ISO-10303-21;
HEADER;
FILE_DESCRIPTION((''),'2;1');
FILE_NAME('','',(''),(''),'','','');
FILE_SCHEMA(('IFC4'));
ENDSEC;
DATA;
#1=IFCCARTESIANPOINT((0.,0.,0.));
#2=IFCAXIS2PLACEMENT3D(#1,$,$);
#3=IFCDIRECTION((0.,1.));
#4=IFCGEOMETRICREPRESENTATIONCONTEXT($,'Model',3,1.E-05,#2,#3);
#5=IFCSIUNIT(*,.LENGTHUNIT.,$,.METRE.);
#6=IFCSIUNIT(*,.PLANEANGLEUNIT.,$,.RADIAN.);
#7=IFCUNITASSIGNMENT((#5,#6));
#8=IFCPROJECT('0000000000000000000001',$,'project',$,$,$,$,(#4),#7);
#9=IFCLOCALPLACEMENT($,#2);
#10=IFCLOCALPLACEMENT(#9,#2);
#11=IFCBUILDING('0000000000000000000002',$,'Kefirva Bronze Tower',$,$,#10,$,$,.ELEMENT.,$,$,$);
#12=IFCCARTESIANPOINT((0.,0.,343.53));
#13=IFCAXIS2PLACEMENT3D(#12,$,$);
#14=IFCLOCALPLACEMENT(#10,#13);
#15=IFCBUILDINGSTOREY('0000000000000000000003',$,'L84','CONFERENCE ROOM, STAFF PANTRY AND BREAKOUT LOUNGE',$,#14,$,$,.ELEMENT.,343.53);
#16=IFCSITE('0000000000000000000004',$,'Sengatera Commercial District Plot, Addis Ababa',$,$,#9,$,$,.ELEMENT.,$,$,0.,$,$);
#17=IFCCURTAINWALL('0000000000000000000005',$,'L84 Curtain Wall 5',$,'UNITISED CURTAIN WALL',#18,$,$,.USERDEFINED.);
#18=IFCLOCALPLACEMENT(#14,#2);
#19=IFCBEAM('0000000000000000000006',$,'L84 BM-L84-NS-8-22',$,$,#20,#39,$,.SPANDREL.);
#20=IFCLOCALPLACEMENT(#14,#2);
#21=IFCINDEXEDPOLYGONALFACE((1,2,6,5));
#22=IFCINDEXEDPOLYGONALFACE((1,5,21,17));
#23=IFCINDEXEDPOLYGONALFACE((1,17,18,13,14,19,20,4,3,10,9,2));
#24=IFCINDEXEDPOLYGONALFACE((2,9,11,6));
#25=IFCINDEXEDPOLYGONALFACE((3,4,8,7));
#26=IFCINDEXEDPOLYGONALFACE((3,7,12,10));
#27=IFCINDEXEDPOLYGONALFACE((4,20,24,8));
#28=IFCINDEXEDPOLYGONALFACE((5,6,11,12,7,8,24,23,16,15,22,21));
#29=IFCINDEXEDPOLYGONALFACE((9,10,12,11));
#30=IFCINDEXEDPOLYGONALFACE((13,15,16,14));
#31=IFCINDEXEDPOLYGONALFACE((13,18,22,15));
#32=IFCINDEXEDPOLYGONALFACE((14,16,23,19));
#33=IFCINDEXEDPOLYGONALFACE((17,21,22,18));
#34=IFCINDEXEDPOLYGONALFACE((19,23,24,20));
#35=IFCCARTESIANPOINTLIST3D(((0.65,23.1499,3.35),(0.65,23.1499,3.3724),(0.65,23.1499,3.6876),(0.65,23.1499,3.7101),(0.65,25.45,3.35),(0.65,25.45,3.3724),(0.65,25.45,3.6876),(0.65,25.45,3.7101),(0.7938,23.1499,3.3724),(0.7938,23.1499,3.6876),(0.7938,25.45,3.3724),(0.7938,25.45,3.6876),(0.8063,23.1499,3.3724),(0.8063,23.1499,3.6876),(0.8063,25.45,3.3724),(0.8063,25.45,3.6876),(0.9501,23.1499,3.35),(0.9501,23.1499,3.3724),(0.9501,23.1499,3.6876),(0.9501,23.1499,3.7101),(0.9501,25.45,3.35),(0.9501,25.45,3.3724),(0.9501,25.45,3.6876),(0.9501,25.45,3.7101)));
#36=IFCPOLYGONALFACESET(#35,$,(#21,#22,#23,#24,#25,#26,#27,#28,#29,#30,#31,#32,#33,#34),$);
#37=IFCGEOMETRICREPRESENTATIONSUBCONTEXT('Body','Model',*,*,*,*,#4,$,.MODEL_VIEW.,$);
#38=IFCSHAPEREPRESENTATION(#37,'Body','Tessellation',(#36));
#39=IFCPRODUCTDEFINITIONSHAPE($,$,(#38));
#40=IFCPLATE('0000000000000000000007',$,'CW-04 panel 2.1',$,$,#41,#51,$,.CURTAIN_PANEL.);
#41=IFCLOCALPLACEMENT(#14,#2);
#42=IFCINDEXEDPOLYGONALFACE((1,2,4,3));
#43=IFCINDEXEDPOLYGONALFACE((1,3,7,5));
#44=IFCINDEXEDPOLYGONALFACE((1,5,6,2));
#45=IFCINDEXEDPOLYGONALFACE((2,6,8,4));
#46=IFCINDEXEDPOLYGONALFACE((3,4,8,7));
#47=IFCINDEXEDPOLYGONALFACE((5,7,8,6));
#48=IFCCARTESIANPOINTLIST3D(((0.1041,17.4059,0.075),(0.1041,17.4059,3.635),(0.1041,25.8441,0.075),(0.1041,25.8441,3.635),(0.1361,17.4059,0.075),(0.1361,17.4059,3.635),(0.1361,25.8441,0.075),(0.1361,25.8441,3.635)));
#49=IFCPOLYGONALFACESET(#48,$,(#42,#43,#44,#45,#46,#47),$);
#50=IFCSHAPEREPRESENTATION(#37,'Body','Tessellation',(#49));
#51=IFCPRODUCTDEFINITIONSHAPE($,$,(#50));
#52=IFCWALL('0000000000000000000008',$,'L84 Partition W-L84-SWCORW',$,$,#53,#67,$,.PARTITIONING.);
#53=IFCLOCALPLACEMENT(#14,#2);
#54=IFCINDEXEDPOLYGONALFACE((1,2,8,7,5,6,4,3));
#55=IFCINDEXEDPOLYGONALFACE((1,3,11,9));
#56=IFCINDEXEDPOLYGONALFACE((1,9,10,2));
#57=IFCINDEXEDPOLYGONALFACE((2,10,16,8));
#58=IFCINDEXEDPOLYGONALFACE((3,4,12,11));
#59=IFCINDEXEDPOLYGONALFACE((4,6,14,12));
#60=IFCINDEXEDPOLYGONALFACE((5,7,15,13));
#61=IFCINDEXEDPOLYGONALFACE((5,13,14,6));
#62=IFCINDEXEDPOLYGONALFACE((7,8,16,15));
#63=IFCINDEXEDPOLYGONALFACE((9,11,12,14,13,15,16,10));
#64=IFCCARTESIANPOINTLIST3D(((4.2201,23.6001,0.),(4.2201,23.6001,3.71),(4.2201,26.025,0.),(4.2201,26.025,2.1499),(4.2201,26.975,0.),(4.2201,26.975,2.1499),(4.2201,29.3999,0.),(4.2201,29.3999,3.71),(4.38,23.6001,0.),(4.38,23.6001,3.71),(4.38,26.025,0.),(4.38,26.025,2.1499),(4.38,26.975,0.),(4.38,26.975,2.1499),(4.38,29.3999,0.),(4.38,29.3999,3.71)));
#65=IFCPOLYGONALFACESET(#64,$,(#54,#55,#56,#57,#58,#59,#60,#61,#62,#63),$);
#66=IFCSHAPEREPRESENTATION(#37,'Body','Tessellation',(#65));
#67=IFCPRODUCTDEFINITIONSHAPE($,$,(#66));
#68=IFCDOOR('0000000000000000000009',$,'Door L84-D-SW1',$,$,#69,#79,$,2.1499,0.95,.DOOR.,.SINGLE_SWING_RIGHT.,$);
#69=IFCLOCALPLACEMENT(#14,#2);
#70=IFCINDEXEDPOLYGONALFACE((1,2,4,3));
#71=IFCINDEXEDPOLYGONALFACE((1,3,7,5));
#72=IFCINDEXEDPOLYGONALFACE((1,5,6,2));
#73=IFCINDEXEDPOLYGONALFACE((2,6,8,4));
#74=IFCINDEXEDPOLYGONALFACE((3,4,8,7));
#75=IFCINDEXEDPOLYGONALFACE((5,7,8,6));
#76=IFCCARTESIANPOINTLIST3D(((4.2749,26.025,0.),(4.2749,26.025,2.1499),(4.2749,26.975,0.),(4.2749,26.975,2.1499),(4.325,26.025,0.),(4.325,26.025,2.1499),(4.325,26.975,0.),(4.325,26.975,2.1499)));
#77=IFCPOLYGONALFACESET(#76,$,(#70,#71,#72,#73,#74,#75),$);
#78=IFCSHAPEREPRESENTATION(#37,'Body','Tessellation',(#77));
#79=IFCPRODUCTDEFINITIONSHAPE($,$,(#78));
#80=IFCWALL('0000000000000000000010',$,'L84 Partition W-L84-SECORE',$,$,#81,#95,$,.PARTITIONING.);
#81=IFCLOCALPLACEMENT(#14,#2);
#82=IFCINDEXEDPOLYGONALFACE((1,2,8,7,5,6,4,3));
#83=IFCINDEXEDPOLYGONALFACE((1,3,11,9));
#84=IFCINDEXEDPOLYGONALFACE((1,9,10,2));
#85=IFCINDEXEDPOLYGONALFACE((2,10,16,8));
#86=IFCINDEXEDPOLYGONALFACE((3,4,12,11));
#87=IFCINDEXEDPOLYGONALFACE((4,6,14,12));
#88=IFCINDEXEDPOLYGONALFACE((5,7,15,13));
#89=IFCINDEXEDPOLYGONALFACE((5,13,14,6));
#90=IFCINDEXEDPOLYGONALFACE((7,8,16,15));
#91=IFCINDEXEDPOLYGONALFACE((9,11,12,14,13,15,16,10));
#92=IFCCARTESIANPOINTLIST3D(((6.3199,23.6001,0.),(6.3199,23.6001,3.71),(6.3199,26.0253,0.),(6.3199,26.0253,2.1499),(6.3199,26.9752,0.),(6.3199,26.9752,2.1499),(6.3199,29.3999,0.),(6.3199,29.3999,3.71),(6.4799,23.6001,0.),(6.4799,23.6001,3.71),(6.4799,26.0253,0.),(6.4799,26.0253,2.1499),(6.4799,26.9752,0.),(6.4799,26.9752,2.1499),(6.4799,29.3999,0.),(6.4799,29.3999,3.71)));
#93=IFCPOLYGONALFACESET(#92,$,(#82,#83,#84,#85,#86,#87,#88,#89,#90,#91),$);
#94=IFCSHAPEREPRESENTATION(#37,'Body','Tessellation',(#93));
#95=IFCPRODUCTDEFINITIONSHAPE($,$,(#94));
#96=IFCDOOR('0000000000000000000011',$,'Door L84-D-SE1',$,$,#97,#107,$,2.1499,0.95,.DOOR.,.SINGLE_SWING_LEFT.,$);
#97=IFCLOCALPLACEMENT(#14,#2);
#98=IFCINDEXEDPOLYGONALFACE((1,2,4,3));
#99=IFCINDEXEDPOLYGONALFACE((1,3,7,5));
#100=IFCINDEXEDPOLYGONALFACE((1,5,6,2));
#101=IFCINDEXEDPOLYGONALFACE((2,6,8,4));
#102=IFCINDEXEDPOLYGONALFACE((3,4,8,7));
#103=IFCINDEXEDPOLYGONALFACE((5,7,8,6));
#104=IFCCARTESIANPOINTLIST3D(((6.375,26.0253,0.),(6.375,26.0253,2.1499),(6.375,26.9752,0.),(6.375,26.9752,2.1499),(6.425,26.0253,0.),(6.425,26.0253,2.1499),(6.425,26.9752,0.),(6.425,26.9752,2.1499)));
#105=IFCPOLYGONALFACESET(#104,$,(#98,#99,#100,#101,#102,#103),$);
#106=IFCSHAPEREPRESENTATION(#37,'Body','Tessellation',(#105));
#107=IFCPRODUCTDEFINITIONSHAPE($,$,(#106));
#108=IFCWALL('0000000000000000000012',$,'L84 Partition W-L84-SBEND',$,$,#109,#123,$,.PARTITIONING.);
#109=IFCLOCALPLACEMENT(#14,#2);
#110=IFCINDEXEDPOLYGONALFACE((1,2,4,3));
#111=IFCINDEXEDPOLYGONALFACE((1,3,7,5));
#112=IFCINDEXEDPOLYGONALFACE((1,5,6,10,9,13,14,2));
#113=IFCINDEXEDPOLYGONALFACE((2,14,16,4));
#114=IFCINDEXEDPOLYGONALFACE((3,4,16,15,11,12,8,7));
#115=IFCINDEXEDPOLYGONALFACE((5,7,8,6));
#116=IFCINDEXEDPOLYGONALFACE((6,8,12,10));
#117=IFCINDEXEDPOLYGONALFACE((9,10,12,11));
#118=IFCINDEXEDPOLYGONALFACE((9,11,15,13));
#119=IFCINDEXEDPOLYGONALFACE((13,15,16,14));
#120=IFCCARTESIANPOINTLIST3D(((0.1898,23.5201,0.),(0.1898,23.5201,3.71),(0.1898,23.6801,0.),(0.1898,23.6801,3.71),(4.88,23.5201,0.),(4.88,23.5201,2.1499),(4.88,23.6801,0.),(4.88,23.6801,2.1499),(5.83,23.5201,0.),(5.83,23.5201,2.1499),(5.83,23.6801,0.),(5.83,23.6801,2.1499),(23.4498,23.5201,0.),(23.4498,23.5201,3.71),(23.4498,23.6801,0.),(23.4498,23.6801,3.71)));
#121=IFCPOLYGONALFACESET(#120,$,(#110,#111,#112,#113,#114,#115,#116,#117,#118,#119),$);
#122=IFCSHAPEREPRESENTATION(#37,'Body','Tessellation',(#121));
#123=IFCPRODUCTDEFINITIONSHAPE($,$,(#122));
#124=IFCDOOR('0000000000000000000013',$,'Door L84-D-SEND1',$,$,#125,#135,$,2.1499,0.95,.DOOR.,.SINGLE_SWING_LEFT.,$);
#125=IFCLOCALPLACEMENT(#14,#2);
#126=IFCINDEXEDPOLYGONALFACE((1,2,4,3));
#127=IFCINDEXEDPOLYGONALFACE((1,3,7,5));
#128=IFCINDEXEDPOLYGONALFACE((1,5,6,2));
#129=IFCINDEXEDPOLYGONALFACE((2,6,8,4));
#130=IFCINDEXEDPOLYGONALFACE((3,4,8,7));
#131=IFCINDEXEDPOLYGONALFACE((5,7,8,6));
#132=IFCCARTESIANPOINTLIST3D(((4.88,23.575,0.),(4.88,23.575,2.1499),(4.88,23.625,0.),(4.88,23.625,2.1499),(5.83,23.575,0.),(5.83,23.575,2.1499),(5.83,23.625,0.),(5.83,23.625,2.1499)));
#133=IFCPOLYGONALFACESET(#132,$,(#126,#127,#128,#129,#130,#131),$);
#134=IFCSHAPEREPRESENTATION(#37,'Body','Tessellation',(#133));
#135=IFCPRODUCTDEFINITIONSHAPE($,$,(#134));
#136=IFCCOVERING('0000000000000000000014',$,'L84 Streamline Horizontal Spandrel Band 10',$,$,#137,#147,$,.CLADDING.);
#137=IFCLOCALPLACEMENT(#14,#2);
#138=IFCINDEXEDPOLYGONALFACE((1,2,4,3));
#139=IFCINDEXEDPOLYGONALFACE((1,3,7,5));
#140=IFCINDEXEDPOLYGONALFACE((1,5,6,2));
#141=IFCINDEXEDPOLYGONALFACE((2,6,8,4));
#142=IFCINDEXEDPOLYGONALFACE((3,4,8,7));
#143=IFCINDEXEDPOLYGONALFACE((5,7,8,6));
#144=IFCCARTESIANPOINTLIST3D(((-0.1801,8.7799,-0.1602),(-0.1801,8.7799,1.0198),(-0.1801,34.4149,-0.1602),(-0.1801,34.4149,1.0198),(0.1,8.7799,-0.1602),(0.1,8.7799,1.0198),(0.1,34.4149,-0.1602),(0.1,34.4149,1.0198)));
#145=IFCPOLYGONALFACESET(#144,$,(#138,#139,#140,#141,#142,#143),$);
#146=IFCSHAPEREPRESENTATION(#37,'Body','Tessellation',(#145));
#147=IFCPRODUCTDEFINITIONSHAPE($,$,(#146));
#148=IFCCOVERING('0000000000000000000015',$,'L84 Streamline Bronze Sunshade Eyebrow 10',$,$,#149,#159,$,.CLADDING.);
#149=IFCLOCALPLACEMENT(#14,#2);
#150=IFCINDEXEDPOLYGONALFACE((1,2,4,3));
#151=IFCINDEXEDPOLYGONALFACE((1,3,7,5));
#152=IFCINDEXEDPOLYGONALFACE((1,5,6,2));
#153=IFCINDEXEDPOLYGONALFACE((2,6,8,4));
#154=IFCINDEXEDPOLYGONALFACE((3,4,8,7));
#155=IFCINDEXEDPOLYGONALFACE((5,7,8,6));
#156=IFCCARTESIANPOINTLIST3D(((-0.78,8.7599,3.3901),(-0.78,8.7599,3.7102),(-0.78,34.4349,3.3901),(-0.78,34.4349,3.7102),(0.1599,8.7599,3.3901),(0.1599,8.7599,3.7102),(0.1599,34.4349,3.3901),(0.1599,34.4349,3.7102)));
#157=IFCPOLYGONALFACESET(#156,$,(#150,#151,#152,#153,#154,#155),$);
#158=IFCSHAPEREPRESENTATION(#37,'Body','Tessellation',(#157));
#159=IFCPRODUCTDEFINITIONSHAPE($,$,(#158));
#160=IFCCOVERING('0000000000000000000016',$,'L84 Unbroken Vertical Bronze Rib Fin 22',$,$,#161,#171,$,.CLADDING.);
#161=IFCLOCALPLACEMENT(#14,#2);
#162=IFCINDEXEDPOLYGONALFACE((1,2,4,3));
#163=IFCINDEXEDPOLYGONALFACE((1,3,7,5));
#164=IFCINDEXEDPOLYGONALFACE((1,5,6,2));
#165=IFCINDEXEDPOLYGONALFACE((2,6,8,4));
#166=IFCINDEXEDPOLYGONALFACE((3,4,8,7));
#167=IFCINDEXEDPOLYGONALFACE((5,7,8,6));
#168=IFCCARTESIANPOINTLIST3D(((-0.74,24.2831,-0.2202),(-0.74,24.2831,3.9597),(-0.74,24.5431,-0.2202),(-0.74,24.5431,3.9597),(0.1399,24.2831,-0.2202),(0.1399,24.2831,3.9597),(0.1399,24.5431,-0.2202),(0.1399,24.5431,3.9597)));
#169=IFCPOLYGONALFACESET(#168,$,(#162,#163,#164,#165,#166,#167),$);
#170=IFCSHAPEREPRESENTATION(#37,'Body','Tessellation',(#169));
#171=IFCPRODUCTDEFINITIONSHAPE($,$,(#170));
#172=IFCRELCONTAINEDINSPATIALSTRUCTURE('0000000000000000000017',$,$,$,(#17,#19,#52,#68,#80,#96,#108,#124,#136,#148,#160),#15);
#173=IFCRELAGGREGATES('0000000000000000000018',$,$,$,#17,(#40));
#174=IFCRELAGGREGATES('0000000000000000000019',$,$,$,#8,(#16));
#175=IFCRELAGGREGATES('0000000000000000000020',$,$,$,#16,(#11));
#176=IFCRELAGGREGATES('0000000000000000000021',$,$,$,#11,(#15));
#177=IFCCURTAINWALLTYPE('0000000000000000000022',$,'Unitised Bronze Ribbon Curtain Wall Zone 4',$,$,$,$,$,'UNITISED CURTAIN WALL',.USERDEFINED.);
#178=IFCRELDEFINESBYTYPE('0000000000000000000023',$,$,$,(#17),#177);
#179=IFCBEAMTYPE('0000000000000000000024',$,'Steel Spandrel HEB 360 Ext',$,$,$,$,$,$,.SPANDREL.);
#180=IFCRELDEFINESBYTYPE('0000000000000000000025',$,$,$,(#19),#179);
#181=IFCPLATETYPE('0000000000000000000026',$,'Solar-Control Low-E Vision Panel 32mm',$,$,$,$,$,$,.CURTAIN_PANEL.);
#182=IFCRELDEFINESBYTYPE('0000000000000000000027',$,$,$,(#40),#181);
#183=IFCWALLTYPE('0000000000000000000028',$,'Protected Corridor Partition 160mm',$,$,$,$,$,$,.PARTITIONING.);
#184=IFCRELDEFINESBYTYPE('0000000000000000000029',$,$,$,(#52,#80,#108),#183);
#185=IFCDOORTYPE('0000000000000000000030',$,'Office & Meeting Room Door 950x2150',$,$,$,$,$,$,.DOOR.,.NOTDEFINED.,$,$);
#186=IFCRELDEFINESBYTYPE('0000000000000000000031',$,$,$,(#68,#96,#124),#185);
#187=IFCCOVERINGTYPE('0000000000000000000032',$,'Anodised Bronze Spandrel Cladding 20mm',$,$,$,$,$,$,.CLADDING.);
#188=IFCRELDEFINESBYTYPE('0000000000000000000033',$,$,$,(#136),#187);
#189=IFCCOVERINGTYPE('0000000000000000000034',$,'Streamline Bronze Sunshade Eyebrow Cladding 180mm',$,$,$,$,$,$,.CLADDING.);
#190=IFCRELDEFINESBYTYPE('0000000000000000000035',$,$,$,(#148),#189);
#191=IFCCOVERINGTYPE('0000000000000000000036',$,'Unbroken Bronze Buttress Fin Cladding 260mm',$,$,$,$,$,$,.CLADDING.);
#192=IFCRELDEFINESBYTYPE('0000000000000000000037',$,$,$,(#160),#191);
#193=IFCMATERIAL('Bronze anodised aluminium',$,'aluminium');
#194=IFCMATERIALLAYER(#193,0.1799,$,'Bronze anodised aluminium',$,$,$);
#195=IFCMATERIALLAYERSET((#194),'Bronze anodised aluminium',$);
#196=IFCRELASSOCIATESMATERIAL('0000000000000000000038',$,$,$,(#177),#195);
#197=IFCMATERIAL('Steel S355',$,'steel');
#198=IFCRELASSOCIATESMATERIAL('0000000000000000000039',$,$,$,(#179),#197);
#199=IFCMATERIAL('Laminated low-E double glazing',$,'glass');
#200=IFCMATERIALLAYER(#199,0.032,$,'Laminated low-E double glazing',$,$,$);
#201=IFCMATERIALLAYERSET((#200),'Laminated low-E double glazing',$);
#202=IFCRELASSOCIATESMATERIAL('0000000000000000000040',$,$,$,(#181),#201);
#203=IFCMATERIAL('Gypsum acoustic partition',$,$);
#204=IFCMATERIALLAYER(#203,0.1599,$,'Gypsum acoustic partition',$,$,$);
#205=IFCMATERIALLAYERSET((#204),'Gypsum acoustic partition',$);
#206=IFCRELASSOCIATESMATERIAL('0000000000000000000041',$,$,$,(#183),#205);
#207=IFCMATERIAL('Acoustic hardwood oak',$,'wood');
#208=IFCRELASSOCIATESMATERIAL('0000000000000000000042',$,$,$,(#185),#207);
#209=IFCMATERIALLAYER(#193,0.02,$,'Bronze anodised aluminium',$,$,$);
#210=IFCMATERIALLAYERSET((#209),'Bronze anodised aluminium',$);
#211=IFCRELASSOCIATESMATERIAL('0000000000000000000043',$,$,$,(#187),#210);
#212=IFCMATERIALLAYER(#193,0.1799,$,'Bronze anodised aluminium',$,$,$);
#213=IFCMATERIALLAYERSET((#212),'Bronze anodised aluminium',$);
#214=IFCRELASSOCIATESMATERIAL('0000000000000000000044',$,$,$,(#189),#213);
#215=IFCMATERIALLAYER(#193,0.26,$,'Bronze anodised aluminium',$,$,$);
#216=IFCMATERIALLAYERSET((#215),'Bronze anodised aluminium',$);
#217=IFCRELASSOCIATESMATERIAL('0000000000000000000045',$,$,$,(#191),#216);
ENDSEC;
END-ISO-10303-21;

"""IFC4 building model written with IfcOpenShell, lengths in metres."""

from ifc_helpers import new_model, si_unit, direction, frame, frame_2d, origin, origin_2d, place, context, subcontext, project, spatial, rectangle, i_section, extrude, material, layer, layer_set, material_profile, profile_set, type_object, element, fill, aggregate, save


model = new_model("IFC4")

# Units and contexts
model_context = context("Model", 3, precision=1e-05, world=origin(), true_north=direction((0.0, 1.0)))
body_context = subcontext(model_context, "Body", "Model", "MODEL_VIEW")
ifc_project = project(units=[si_unit("LENGTHUNIT", "METRE"), si_unit("PLANEANGLEUNIT", "RADIAN")], contexts=[model_context])

# Site, building, storey
site_placement = place(None, origin())
site = spatial("IfcSite", under=ifc_project, at=site_placement, Name="Sengatera Commercial District Plot, Addis Ababa", CompositionType="ELEMENT", RefElevation=0.0)
building_placement = place(site_placement, origin())
building = spatial("IfcBuilding", under=site, at=building_placement, Name="Kefirva Bronze Tower", CompositionType="ELEMENT")
storey_placement = place(building_placement, frame((0.0, 0.0, 343.53)))
storey = spatial("IfcBuildingStorey", under=building, at=storey_placement, Name="L84", Description="CONFERENCE ROOM, STAFF PANTRY AND BREAKOUT LOUNGE", CompositionType="ELEMENT", Elevation=343.53)

# Curtain wall
ifc_material_1 = material(Name="Bronze anodised aluminium", Category="aluminium")
ifc_layer_1 = layer(ifc_material_1, 0.1799, Name="Bronze anodised aluminium")
ifc_layer_set_1 = layer_set([ifc_layer_1], Name="Bronze anodised aluminium")
curtain_wall_type = type_object("IfcCurtainWallType", Name="Unitised Bronze Ribbon Curtain Wall Zone 4", ElementType="UNITISED CURTAIN WALL", PredefinedType="USERDEFINED", material=ifc_layer_set_1)
curtain_wall_placement = place(storey_placement, origin())
curtain_wall = element("IfcCurtainWall", 1, at=curtain_wall_placement, inside=storey, type_object=curtain_wall_type, Name="L84 Curtain Wall 5", ObjectType="UNITISED CURTAIN WALL", PredefinedType="USERDEFINED")

# Beam
ifc_material_2 = material(Name="Steel S355", Category="steel")
ifc_material_profile_1 = material_profile(ifc_material_2, i_section(OverallWidth=0.3, OverallDepth=0.3601, WebThickness=0.0125, FlangeThickness=0.0225, at=origin_2d()), Name="HEB 360")
ifc_profile_set_1 = profile_set([ifc_material_profile_1], Name="Steel S355")
beam_type_1 = type_object("IfcBeamType", Name="Steel Spandrel HEB 360 Ext", PredefinedType="SPANDREL", material=ifc_profile_set_1)
beam_1_placement = place(storey_placement, frame((0.8, 23.1499, 3.53), z_axis=(0.0, 1.0, 0.0), x_axis=(-1.0, 0.0, 0.0)))
element("IfcBeam", 2, at=beam_1_placement, inside=storey, type_object=beam_type_1, Name="L84 BM-L84-NS-8-22", PredefinedType="SPANDREL", context=body_context, shape_type="SweptSolid", body=[
    extrude(i_section(OverallWidth=0.3, OverallDepth=0.3601, WebThickness=0.0125, FlangeThickness=0.0225, at=origin_2d()), origin(), (0.0, 0.0, 1.0), 2.3),
])

# Plate
ifc_material_3 = material(Name="Laminated low-E double glazing", Category="glass")
ifc_layer_2 = layer(ifc_material_3, 0.032, Name="Laminated low-E double glazing")
ifc_layer_set_2 = layer_set([ifc_layer_2], Name="Laminated low-E double glazing")
plate_type = type_object("IfcPlateType", Name="Solar-Control Low-E Vision Panel 32mm", PredefinedType="CURTAIN_PANEL", material=ifc_layer_set_2)
plate_placement = place(storey_placement, frame((0.1201, 21.625, 0.075), z_axis=(0.0, 0.0, 1.0), x_axis=(0.0, -1.0, 0.0)))
plate = element("IfcPlate", 3, at=plate_placement, type_object=plate_type, Name="CW-04 panel 2.1", PredefinedType="CURTAIN_PANEL", context=body_context, shape_type="SweptSolid", body=[
    extrude(rectangle(XDim=8.4382, YDim=0.032, at=origin_2d()), origin(), (0.0, 0.0, 1.0), 3.5601),
])
aggregate(curtain_wall, [plate])

# Walls, openings, doors
ifc_material_4 = material(Name="Gypsum acoustic partition")
ifc_layer_3 = layer(ifc_material_4, 0.1599, Name="Gypsum acoustic partition")
ifc_layer_set_3 = layer_set([ifc_layer_3], Name="Gypsum acoustic partition")
wall_type = type_object("IfcWallType", Name="Protected Corridor Partition 160mm", PredefinedType="PARTITIONING", material=ifc_layer_set_3)
wall_1_placement = place(storey_placement, frame((4.3, 23.6001, 0.0), z_axis=(0.0, 0.0, 1.0), x_axis=(0.0, 1.0, 0.0)))
wall_1 = element("IfcWall", 4, at=wall_1_placement, inside=storey, type_object=wall_type, Name="L84 Partition W-L84-SWCORW", PredefinedType="PARTITIONING", context=body_context, shape_type="SweptSolid", body=[
    extrude(rectangle(XDim=5.7998, YDim=0.1599, at=frame_2d((2.8999, 0.0))), origin(), (0.0, 0.0, 1.0), 3.71),
])
opening_1_placement = place(wall_1_placement, frame((3.375, 0.0, 0.0), z_axis=(0.0, 0.0, 1.0), x_axis=(-1.0, 0.0, 0.0)))
opening_1 = element("IfcOpeningElement", 5, at=opening_1_placement, cuts=wall_1, PredefinedType="OPENING", context=body_context, shape_type="SweptSolid", body=[
    extrude(rectangle(XDim=0.95, YDim=2.1499, at=frame_2d((0.4751, 1.075))), frame((0.0, 0.0898, 0.0), z_axis=(0.0, -1.0, 0.0), x_axis=(1.0, 0.0, 0.0)), (0.0, 0.0, 1.0), 0.1799),
])
ifc_material_5 = material(Name="Acoustic hardwood oak", Category="wood")
door_type = type_object("IfcDoorType", Name="Office & Meeting Room Door 950x2150", OperationType="NOTDEFINED", PredefinedType="DOOR", material=ifc_material_5)
door_1_placement = place(opening_1_placement, origin())
door_1 = element("IfcDoor", 6, at=door_1_placement, inside=storey, type_object=door_type, Name="Door L84-D-SW1", OperationType="SINGLE_SWING_RIGHT", OverallHeight=2.1499, OverallWidth=0.95, PredefinedType="DOOR", context=body_context, shape_type="SweptSolid", body=[
    extrude(rectangle(XDim=0.95, YDim=2.1499, at=frame_2d((0.4751, 1.075))), frame((0.0, 0.0249, 0.0), z_axis=(0.0, -1.0, 0.0), x_axis=(1.0, 0.0, 0.0)), (0.0, 0.0, 1.0), 0.05),
])
fill(opening_1, door_1)
wall_2_placement = place(storey_placement, frame((6.3999, 23.6001, 0.0), z_axis=(0.0, 0.0, 1.0), x_axis=(0.0, 1.0, 0.0)))
wall_2 = element("IfcWall", 7, at=wall_2_placement, inside=storey, type_object=wall_type, Name="L84 Partition W-L84-SECORE", PredefinedType="PARTITIONING", context=body_context, shape_type="SweptSolid", body=[
    extrude(rectangle(XDim=5.7998, YDim=0.1599, at=frame_2d((2.8999, 0.0))), origin(), (0.0, 0.0, 1.0), 3.71),
])
opening_2_placement = place(wall_2_placement, frame((2.425, 0.0, 0.0)))
opening_2 = element("IfcOpeningElement", 8, at=opening_2_placement, cuts=wall_2, PredefinedType="OPENING", context=body_context, shape_type="SweptSolid", body=[
    extrude(rectangle(XDim=0.95, YDim=2.1499, at=frame_2d((0.4751, 1.075))), frame((0.0, 0.0898, 0.0), z_axis=(0.0, -1.0, 0.0), x_axis=(1.0, 0.0, 0.0)), (0.0, 0.0, 1.0), 0.1799),
])
door_2_placement = place(opening_2_placement, origin())
door_2 = element("IfcDoor", 9, at=door_2_placement, inside=storey, type_object=door_type, Name="Door L84-D-SE1", OperationType="SINGLE_SWING_LEFT", OverallHeight=2.1499, OverallWidth=0.95, PredefinedType="DOOR", context=body_context, shape_type="SweptSolid", body=[
    extrude(rectangle(XDim=0.95, YDim=2.1499, at=frame_2d((0.4751, 1.075))), frame((0.0, 0.0249, 0.0), z_axis=(0.0, -1.0, 0.0), x_axis=(1.0, 0.0, 0.0)), (0.0, 0.0, 1.0), 0.05),
])
fill(opening_2, door_2)
wall_3_placement = place(storey_placement, frame((0.1899, 23.6001, 0.0), z_axis=(0.0, 0.0, 1.0), x_axis=(1.0, 0.0, 0.0)))
wall_3 = element("IfcWall", 10, at=wall_3_placement, inside=storey, type_object=wall_type, Name="L84 Partition W-L84-SBEND", PredefinedType="PARTITIONING", context=body_context, shape_type="SweptSolid", body=[
    extrude(rectangle(XDim=23.26, YDim=0.1599, at=frame_2d((11.6299, 0.0))), origin(), (0.0, 0.0, 1.0), 3.71),
])
opening_3_placement = place(wall_3_placement, frame((4.6899, 0.0, 0.0)))
opening_3 = element("IfcOpeningElement", 11, at=opening_3_placement, cuts=wall_3, PredefinedType="OPENING", context=body_context, shape_type="SweptSolid", body=[
    extrude(rectangle(XDim=0.95, YDim=2.1499, at=frame_2d((0.4751, 1.075))), frame((0.0, 0.0898, 0.0), z_axis=(0.0, -1.0, 0.0), x_axis=(1.0, 0.0, 0.0)), (0.0, 0.0, 1.0), 0.1799),
])
door_3_placement = place(opening_3_placement, origin())
door_3 = element("IfcDoor", 12, at=door_3_placement, inside=storey, type_object=door_type, Name="Door L84-D-SEND1", OperationType="SINGLE_SWING_LEFT", OverallHeight=2.1499, OverallWidth=0.95, PredefinedType="DOOR", context=body_context, shape_type="SweptSolid", body=[
    extrude(rectangle(XDim=0.95, YDim=2.1499, at=frame_2d((0.4751, 1.075))), frame((0.0, 0.0249, 0.0), z_axis=(0.0, -1.0, 0.0), x_axis=(1.0, 0.0, 0.0)), (0.0, 0.0, 1.0), 0.05),
])
fill(opening_3, door_3)

# Coverings
ifc_layer_4 = layer(ifc_material_1, 0.02, Name="Bronze anodised aluminium")
ifc_layer_set_4 = layer_set([ifc_layer_4], Name="Bronze anodised aluminium")
covering_type_1 = type_object("IfcCoveringType", Name="Anodised Bronze Spandrel Cladding 20mm", PredefinedType="CLADDING", material=ifc_layer_set_4)
covering_1_placement = place(storey_placement, frame((-0.04, 21.5974, -0.1602), z_axis=(0.0, 0.0, 1.0), x_axis=(0.0, -1.0, 0.0)))
element("IfcCovering", 13, at=covering_1_placement, inside=storey, type_object=covering_type_1, Name="L84 Streamline Horizontal Spandrel Band 10", PredefinedType="CLADDING", context=body_context, shape_type="SweptSolid", body=[
    extrude(rectangle(XDim=25.635, YDim=0.28, at=origin_2d()), origin(), (0.0, 0.0, 1.0), 1.1799),
])
ifc_layer_5 = layer(ifc_material_1, 0.1799, Name="Bronze anodised aluminium")
ifc_layer_set_5 = layer_set([ifc_layer_5], Name="Bronze anodised aluminium")
covering_type_2 = type_object("IfcCoveringType", Name="Streamline Bronze Sunshade Eyebrow Cladding 180mm", PredefinedType="CLADDING", material=ifc_layer_set_5)
covering_2_placement = place(storey_placement, frame((-0.3101, 21.5974, 3.3901), z_axis=(0.0, 0.0, 1.0), x_axis=(0.0, -1.0, 0.0)))
element("IfcCovering", 14, at=covering_2_placement, inside=storey, type_object=covering_type_2, Name="L84 Streamline Bronze Sunshade Eyebrow 10", PredefinedType="CLADDING", context=body_context, shape_type="SweptSolid", body=[
    extrude(rectangle(XDim=25.675, YDim=0.9399, at=origin_2d()), origin(), (0.0, 0.0, 1.0), 0.3201),
])
ifc_layer_6 = layer(ifc_material_1, 0.26, Name="Bronze anodised aluminium")
ifc_layer_set_6 = layer_set([ifc_layer_6], Name="Bronze anodised aluminium")
covering_type_3 = type_object("IfcCoveringType", Name="Unbroken Bronze Buttress Fin Cladding 260mm", PredefinedType="CLADDING", material=ifc_layer_set_6)
for number, where, z_axis, x_axis, name in (
    (15, (-0.3, 24.4131, -0.2202), (0.0, 0.0, 1.0), (0.0, -1.0, 0.0), "L84 Unbroken Vertical Bronze Rib Fin 22"),
):
    element("IfcCovering", number, at=place(storey_placement, frame(where, z_axis=z_axis, x_axis=x_axis)), inside=storey, type_object=covering_type_3, Name=name, PredefinedType="CLADDING", context=body_context, shape_type="SweptSolid", body=[
        extrude(rectangle(XDim=0.26, YDim=0.8799, at=origin_2d()), origin(), (0.0, 0.0, 1.0), 4.1799),
    ])

save(model, "model.ifc")
